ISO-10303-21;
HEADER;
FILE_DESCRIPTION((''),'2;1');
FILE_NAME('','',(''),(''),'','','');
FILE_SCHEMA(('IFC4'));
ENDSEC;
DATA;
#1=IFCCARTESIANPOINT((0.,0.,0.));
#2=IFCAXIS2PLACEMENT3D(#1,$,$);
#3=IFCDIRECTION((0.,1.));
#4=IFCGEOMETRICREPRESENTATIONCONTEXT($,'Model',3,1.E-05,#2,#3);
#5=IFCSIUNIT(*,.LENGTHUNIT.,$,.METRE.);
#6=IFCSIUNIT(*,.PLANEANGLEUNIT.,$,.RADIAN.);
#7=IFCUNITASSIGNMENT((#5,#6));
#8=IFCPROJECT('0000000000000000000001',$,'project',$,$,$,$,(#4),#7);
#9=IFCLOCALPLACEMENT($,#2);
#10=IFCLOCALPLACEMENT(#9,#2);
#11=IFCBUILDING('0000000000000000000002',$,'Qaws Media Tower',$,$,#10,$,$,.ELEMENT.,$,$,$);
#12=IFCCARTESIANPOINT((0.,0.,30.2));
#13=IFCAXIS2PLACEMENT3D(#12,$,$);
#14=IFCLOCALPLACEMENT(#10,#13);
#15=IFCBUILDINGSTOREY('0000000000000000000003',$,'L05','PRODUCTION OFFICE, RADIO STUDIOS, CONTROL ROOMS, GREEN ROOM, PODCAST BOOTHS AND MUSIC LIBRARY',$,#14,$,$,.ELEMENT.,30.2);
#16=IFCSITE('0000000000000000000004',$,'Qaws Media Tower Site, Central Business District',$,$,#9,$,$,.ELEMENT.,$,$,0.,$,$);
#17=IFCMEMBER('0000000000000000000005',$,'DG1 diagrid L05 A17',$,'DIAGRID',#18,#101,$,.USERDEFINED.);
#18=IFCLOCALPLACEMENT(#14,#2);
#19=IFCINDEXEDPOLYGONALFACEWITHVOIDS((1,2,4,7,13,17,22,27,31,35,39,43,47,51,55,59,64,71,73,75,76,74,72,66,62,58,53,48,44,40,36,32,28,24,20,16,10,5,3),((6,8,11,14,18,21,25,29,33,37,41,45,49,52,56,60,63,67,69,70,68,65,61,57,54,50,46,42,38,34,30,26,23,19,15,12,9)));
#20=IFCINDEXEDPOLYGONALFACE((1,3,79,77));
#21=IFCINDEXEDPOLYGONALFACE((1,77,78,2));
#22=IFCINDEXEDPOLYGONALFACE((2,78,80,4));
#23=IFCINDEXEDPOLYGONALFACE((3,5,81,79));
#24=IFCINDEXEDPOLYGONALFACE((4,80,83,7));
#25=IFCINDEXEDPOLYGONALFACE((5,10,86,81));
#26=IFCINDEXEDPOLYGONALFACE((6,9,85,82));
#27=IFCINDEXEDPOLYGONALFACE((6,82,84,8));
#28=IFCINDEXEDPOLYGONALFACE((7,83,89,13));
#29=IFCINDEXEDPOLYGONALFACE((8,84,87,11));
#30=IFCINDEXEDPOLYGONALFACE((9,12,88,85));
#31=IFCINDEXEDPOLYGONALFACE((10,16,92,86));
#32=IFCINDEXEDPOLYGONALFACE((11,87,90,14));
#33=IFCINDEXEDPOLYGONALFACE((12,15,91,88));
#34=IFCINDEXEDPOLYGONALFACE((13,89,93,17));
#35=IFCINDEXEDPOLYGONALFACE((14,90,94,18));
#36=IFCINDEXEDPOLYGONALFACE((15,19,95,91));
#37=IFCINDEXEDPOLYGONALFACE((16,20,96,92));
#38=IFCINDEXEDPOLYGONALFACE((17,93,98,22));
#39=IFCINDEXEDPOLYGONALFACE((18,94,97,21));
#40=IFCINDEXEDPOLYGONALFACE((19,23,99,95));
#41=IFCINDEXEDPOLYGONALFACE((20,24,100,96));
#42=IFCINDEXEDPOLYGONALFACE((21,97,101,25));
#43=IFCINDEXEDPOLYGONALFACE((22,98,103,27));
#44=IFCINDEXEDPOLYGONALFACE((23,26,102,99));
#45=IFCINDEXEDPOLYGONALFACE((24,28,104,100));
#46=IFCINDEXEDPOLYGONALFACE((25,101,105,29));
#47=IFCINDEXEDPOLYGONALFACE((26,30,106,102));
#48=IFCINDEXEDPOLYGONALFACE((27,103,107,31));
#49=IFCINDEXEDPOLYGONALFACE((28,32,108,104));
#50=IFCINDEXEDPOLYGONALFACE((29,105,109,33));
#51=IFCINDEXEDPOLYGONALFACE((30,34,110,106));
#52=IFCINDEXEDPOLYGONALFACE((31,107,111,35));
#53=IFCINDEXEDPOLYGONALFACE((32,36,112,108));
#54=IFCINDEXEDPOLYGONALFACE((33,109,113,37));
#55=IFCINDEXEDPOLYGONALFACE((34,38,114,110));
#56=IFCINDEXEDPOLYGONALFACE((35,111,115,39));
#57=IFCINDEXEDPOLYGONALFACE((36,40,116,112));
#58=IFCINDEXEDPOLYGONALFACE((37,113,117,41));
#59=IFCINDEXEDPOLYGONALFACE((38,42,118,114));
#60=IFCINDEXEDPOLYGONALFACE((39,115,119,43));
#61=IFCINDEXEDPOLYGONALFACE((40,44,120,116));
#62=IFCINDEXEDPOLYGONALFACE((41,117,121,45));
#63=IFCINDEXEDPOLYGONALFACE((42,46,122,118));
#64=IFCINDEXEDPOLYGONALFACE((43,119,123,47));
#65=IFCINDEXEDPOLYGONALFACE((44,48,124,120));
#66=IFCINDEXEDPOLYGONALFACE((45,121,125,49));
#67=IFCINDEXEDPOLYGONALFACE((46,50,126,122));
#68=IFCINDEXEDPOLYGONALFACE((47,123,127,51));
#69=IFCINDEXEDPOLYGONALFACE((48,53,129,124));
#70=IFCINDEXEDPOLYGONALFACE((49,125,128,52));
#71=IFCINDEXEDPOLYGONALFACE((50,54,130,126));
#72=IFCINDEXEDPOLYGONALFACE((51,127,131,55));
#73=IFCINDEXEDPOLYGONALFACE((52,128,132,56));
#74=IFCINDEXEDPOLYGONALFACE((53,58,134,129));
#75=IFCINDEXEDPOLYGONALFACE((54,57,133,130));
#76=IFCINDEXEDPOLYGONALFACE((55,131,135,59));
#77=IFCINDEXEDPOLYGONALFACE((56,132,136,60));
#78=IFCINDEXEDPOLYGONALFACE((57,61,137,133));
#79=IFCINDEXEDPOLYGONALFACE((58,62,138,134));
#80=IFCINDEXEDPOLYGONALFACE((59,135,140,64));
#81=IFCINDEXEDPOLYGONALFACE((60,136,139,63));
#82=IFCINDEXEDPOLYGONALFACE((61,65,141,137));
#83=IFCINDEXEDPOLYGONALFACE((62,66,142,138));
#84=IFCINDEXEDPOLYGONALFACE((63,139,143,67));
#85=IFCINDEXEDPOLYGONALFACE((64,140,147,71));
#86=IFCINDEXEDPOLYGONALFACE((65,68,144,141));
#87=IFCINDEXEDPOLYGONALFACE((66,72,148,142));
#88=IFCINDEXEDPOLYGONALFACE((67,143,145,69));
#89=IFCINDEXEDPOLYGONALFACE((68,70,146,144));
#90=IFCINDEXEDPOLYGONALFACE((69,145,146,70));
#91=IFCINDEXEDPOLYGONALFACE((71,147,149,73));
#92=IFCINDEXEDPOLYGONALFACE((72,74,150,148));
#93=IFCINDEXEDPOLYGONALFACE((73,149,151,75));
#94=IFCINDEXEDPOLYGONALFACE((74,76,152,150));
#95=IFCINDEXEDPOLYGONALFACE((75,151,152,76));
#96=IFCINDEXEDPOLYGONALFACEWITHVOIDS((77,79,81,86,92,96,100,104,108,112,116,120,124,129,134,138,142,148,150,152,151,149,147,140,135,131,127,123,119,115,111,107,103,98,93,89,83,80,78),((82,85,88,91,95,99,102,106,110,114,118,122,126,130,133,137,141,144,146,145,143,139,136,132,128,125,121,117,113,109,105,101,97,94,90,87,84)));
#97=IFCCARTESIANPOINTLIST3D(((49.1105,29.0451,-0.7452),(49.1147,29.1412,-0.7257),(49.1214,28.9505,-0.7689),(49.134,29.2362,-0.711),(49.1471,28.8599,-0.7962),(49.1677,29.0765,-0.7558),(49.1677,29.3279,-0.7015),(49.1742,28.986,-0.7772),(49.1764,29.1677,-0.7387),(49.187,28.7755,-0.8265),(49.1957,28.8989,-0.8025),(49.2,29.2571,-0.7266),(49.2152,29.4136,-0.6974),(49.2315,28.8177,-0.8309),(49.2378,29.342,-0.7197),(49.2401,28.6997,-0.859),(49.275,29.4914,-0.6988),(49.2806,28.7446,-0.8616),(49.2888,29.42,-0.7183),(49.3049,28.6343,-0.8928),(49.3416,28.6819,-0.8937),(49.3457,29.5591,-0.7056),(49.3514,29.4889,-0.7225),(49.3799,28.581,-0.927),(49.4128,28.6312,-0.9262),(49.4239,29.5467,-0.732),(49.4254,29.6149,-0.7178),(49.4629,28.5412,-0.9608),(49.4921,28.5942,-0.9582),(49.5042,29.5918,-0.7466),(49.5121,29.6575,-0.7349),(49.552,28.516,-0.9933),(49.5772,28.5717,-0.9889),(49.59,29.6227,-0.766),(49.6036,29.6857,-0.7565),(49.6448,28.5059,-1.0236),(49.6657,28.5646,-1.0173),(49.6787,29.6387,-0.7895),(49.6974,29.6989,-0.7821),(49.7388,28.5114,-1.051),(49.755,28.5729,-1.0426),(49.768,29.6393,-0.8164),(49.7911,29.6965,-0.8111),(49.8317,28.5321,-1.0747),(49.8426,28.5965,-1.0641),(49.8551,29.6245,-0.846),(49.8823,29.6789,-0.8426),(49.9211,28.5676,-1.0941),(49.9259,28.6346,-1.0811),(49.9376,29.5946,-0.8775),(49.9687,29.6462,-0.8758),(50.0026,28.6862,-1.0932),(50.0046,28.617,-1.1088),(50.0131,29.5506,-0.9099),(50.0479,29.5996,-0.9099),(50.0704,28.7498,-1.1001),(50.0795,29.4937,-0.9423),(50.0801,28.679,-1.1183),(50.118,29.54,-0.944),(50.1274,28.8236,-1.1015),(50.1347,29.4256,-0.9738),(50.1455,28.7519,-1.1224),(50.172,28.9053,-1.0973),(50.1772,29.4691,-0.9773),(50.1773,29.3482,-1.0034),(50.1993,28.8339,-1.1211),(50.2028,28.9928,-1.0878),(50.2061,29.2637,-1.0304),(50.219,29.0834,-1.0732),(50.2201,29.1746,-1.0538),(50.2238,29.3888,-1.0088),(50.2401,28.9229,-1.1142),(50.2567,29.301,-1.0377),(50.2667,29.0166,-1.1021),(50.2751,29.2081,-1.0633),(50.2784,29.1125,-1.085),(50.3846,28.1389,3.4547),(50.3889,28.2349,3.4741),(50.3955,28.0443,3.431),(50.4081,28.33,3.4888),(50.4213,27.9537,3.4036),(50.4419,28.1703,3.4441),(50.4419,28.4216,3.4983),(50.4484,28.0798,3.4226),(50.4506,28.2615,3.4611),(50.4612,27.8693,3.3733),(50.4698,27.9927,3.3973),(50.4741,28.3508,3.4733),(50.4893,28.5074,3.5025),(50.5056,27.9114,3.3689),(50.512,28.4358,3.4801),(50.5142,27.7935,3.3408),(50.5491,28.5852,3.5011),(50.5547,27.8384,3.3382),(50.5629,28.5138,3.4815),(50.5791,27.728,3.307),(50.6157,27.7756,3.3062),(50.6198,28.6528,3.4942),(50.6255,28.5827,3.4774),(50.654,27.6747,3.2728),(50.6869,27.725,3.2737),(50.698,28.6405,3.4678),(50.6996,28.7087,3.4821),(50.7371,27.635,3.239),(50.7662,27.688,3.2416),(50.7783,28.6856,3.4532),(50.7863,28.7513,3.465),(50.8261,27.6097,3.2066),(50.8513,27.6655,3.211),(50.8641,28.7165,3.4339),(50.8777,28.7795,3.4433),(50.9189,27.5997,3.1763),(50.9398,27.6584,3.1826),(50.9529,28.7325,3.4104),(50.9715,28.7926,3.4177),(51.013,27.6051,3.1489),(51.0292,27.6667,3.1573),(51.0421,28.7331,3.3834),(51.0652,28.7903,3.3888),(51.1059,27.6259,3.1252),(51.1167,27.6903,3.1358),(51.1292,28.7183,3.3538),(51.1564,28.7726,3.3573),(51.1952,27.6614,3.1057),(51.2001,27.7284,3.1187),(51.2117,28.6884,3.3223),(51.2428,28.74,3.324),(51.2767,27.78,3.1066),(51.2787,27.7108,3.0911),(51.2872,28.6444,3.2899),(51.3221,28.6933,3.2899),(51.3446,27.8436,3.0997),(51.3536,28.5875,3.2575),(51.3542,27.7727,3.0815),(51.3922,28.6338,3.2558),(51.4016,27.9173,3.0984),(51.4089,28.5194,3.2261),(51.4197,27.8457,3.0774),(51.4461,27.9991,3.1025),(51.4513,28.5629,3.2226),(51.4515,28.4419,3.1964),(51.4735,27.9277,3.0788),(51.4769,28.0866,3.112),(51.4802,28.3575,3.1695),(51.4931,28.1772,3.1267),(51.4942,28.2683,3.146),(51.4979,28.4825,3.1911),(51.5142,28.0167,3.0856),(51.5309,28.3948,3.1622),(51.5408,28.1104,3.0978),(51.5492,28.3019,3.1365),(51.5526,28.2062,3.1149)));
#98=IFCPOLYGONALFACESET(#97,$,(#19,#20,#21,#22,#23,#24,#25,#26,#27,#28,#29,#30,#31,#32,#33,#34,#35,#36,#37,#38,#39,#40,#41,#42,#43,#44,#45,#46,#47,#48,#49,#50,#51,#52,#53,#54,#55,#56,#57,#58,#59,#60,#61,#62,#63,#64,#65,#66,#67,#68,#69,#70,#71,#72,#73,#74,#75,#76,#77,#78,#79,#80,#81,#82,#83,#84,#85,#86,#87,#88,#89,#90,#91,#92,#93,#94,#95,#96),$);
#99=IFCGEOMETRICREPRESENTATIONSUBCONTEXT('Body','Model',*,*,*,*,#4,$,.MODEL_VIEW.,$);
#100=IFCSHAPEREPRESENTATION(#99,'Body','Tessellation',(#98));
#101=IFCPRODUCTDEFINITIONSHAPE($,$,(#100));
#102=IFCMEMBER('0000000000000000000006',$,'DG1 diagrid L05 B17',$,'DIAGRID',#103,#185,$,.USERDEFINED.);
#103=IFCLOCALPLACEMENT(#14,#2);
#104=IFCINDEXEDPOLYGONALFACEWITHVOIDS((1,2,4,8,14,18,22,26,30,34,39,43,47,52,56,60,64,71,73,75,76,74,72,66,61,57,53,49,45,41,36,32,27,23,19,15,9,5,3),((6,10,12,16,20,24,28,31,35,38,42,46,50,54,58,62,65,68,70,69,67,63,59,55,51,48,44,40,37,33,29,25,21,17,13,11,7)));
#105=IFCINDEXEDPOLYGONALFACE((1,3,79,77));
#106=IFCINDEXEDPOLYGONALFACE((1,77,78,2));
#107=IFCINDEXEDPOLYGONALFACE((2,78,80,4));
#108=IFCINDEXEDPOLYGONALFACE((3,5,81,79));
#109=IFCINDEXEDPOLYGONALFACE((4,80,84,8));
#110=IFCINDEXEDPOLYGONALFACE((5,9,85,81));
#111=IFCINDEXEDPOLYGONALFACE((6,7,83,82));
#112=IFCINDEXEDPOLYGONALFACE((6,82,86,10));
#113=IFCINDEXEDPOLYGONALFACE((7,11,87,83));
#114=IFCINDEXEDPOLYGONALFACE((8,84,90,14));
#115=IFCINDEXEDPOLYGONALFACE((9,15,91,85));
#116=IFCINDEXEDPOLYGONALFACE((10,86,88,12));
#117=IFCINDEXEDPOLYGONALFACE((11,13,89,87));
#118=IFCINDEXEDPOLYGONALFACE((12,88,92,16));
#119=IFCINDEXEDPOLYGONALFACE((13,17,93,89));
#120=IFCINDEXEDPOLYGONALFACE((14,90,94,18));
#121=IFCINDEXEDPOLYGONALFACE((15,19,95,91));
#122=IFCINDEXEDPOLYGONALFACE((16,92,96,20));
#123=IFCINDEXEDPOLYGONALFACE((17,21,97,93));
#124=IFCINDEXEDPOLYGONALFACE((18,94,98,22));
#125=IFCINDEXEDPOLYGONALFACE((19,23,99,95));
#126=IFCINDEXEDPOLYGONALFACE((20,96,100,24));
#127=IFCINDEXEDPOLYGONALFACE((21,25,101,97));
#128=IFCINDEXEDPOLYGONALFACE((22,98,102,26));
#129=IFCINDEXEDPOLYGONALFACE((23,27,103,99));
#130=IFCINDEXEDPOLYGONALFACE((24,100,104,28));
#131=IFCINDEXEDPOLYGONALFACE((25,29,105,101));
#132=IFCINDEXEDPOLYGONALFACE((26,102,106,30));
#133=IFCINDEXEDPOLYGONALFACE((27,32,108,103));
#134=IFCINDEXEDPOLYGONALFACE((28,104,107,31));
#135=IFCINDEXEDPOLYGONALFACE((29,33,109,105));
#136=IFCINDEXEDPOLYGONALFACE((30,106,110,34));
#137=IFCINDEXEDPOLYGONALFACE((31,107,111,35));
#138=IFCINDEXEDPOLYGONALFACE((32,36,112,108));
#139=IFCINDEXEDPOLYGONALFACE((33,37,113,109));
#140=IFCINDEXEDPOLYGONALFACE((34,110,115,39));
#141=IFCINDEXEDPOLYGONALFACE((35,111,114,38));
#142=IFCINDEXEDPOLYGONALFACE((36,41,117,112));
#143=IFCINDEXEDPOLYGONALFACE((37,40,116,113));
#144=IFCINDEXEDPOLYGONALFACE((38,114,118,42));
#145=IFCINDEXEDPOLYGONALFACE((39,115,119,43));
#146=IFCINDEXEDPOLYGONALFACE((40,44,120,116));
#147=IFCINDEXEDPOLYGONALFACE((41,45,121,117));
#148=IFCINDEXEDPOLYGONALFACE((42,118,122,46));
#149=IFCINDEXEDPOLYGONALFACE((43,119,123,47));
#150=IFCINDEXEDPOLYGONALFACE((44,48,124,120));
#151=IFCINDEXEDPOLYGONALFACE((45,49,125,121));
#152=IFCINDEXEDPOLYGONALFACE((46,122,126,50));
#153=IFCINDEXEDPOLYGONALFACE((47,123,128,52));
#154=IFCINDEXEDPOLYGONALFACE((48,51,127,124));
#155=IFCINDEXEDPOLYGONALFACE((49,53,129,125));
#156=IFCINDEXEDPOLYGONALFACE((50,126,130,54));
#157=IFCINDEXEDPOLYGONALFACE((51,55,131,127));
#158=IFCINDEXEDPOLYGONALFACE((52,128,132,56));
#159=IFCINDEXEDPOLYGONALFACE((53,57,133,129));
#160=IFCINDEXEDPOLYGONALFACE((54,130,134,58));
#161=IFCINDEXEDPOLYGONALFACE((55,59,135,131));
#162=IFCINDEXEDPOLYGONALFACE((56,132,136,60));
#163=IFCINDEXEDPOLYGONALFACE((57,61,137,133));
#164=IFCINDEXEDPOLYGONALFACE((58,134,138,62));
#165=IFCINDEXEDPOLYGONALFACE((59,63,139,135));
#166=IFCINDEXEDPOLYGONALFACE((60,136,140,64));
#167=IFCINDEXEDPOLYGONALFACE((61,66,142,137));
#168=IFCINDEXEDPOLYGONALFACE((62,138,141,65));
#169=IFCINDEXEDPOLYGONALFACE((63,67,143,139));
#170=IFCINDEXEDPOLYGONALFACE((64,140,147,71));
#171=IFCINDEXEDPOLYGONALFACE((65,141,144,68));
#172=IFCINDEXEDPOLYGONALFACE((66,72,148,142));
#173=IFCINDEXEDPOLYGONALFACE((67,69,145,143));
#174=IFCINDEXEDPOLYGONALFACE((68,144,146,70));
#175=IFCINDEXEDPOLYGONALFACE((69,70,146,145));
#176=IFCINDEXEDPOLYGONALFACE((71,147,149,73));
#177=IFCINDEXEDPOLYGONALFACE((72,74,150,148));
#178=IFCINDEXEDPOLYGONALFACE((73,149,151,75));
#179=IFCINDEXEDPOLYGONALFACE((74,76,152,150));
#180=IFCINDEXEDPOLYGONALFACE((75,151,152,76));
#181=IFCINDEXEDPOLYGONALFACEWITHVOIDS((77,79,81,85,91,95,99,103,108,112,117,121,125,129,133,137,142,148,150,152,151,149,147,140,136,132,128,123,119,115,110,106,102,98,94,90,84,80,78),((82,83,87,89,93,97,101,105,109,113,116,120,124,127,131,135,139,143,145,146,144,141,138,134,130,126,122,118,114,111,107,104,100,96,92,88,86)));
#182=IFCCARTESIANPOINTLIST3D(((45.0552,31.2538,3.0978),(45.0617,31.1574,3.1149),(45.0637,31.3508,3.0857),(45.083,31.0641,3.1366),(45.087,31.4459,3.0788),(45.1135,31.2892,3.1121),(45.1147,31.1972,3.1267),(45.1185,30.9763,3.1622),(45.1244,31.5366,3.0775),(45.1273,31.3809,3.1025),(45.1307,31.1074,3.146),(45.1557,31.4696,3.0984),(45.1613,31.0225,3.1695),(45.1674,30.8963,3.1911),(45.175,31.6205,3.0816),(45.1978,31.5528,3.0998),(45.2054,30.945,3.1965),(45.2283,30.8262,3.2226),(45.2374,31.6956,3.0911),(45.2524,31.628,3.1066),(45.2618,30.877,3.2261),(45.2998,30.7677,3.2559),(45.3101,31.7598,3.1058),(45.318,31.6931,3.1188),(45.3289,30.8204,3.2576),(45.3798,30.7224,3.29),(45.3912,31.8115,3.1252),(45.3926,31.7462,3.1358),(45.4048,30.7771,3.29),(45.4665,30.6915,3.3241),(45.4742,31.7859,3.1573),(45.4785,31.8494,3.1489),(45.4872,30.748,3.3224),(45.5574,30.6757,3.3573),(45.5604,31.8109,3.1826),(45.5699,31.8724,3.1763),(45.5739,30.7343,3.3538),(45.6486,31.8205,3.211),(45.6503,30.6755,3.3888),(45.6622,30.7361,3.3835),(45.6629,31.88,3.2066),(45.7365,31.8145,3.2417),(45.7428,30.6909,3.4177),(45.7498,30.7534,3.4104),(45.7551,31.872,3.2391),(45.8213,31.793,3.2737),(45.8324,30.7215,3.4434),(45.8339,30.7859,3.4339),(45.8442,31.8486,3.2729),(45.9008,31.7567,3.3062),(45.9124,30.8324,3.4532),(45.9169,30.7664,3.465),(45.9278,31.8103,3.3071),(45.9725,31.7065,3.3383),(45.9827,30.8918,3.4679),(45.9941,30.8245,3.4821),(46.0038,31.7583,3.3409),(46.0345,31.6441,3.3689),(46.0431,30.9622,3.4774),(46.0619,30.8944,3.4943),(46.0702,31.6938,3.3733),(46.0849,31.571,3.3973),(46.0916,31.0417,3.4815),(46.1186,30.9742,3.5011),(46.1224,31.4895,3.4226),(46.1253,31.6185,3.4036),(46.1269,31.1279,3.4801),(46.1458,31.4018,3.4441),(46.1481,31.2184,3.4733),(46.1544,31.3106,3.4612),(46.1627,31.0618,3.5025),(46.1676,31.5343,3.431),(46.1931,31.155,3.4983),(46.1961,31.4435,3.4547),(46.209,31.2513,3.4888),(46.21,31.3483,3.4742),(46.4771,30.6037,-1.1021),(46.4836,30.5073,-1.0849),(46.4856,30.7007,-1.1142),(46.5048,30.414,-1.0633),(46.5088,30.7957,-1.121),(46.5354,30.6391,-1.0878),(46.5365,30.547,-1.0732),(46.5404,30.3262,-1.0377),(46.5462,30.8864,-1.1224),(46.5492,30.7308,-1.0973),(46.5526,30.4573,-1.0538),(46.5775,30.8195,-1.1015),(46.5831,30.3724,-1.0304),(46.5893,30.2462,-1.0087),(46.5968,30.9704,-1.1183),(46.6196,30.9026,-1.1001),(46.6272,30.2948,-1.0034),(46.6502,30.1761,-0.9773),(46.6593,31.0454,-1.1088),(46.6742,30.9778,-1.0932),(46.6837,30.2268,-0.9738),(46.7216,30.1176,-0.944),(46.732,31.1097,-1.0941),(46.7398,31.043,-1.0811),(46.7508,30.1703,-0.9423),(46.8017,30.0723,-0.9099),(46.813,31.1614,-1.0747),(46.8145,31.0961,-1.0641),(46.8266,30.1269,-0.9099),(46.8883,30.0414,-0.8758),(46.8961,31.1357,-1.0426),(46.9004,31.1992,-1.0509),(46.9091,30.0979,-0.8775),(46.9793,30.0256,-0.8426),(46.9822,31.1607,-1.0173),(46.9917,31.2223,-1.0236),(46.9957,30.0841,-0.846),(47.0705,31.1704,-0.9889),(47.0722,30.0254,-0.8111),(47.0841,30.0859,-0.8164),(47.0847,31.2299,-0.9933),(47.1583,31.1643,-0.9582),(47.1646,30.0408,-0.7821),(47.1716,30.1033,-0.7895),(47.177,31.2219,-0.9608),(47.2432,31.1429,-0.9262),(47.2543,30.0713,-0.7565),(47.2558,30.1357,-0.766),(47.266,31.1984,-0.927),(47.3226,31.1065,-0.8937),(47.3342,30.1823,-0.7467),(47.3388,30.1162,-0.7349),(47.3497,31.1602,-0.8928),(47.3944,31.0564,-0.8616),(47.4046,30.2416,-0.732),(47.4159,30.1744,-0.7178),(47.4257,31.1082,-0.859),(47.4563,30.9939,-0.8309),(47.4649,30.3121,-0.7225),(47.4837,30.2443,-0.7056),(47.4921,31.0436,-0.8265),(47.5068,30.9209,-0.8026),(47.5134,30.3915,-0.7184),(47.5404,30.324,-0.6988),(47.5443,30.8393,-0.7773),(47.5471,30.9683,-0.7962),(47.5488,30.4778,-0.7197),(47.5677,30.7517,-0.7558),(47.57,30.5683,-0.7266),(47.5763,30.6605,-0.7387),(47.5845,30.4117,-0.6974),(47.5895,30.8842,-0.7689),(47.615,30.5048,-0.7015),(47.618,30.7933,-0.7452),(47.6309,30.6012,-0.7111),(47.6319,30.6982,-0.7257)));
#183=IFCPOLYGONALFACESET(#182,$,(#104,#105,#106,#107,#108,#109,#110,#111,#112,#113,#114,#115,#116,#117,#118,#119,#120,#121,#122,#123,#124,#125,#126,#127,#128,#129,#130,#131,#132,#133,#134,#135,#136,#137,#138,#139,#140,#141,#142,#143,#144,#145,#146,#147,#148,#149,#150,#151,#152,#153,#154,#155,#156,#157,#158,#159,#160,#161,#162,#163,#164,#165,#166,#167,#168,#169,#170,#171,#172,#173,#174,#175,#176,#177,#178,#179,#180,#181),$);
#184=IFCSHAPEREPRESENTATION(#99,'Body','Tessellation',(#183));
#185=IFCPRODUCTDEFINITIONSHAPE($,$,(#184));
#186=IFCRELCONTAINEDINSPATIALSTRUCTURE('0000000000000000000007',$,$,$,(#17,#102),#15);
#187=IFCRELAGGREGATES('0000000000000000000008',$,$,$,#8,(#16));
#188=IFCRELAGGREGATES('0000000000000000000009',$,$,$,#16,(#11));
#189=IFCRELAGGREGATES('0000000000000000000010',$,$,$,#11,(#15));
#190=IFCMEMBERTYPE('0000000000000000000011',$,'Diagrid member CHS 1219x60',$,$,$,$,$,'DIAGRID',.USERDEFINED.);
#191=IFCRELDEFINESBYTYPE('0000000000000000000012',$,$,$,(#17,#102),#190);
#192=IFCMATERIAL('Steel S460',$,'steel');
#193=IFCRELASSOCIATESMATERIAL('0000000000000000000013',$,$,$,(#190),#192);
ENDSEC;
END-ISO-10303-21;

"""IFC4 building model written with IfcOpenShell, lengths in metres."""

from ifc_helpers import new_model, si_unit, direction, frame, origin, origin_2d, place, context, subcontext, project, spatial, hollow_circle, extrude, material, material_profile, profile_set, type_object, element, save


model = new_model("IFC4")

# Units and contexts
model_context = context("Model", 3, precision=1e-05, world=origin(), true_north=direction((0.0, 1.0)))
body_context = subcontext(model_context, "Body", "Model", "MODEL_VIEW")
ifc_project = project(units=[si_unit("LENGTHUNIT", "METRE"), si_unit("PLANEANGLEUNIT", "RADIAN")], contexts=[model_context])

# Site, building, storey
site_placement = place(None, origin())
site = spatial("IfcSite", under=ifc_project, at=site_placement, Name="Qaws Media Tower Site, Central Business District", CompositionType="ELEMENT", RefElevation=0.0)
building_placement = place(site_placement, origin())
building = spatial("IfcBuilding", under=site, at=building_placement, Name="Qaws Media Tower", CompositionType="ELEMENT")
storey_placement = place(building_placement, frame((0.0, 0.0, 30.2)))
storey = spatial("IfcBuildingStorey", under=building, at=storey_placement, Name="L05", Description="PRODUCTION OFFICE, RADIO STUDIOS, CONTROL ROOMS, GREEN ROOM, PODCAST BOOTHS AND MUSIC LIBRARY", CompositionType="ELEMENT", Elevation=30.2)

# Members
ifc_material_1 = material(Name="Steel S460", Category="steel")
ifc_material_profile_1 = material_profile(ifc_material_1, hollow_circle(Radius=0.6096, WallThickness=0.0601, at=origin_2d()), Name="CHS 1219x60")
ifc_profile_set_1 = profile_set([ifc_material_profile_1], Name="Steel S460")
member_type_1 = type_object("IfcMemberType", Name="Diagrid member CHS 1219x60", ElementType="DIAGRID", PredefinedType="USERDEFINED", material=ifc_profile_set_1)
for number, where, z_axis, x_axis, name in (
    (1, (49.6946, 29.1028, -0.9099), (0.284314, -0.202217, 0.937163), (0.579598, 0.814903, 0.0), "DG1 diagrid L05 A17"),
    (2, (47.0552, 30.6267, -0.9099), (-0.317275, 0.145073, 0.937171), (-0.415837, -0.909439, 0.0), "DG1 diagrid L05 B17"),
):
    element("IfcMember", number, at=place(storey_placement, frame(where, z_axis=z_axis, x_axis=x_axis)), inside=storey, type_object=member_type_1, Name=name, ObjectType="DIAGRID", PredefinedType="USERDEFINED", context=body_context, shape_type="SweptSolid", body=[
        extrude(hollow_circle(Radius=0.6096, WallThickness=0.0601, at=origin_2d()), origin(), (0.0, 0.0, 1.0), 4.4814),
    ])

save(model, "model.ifc")
